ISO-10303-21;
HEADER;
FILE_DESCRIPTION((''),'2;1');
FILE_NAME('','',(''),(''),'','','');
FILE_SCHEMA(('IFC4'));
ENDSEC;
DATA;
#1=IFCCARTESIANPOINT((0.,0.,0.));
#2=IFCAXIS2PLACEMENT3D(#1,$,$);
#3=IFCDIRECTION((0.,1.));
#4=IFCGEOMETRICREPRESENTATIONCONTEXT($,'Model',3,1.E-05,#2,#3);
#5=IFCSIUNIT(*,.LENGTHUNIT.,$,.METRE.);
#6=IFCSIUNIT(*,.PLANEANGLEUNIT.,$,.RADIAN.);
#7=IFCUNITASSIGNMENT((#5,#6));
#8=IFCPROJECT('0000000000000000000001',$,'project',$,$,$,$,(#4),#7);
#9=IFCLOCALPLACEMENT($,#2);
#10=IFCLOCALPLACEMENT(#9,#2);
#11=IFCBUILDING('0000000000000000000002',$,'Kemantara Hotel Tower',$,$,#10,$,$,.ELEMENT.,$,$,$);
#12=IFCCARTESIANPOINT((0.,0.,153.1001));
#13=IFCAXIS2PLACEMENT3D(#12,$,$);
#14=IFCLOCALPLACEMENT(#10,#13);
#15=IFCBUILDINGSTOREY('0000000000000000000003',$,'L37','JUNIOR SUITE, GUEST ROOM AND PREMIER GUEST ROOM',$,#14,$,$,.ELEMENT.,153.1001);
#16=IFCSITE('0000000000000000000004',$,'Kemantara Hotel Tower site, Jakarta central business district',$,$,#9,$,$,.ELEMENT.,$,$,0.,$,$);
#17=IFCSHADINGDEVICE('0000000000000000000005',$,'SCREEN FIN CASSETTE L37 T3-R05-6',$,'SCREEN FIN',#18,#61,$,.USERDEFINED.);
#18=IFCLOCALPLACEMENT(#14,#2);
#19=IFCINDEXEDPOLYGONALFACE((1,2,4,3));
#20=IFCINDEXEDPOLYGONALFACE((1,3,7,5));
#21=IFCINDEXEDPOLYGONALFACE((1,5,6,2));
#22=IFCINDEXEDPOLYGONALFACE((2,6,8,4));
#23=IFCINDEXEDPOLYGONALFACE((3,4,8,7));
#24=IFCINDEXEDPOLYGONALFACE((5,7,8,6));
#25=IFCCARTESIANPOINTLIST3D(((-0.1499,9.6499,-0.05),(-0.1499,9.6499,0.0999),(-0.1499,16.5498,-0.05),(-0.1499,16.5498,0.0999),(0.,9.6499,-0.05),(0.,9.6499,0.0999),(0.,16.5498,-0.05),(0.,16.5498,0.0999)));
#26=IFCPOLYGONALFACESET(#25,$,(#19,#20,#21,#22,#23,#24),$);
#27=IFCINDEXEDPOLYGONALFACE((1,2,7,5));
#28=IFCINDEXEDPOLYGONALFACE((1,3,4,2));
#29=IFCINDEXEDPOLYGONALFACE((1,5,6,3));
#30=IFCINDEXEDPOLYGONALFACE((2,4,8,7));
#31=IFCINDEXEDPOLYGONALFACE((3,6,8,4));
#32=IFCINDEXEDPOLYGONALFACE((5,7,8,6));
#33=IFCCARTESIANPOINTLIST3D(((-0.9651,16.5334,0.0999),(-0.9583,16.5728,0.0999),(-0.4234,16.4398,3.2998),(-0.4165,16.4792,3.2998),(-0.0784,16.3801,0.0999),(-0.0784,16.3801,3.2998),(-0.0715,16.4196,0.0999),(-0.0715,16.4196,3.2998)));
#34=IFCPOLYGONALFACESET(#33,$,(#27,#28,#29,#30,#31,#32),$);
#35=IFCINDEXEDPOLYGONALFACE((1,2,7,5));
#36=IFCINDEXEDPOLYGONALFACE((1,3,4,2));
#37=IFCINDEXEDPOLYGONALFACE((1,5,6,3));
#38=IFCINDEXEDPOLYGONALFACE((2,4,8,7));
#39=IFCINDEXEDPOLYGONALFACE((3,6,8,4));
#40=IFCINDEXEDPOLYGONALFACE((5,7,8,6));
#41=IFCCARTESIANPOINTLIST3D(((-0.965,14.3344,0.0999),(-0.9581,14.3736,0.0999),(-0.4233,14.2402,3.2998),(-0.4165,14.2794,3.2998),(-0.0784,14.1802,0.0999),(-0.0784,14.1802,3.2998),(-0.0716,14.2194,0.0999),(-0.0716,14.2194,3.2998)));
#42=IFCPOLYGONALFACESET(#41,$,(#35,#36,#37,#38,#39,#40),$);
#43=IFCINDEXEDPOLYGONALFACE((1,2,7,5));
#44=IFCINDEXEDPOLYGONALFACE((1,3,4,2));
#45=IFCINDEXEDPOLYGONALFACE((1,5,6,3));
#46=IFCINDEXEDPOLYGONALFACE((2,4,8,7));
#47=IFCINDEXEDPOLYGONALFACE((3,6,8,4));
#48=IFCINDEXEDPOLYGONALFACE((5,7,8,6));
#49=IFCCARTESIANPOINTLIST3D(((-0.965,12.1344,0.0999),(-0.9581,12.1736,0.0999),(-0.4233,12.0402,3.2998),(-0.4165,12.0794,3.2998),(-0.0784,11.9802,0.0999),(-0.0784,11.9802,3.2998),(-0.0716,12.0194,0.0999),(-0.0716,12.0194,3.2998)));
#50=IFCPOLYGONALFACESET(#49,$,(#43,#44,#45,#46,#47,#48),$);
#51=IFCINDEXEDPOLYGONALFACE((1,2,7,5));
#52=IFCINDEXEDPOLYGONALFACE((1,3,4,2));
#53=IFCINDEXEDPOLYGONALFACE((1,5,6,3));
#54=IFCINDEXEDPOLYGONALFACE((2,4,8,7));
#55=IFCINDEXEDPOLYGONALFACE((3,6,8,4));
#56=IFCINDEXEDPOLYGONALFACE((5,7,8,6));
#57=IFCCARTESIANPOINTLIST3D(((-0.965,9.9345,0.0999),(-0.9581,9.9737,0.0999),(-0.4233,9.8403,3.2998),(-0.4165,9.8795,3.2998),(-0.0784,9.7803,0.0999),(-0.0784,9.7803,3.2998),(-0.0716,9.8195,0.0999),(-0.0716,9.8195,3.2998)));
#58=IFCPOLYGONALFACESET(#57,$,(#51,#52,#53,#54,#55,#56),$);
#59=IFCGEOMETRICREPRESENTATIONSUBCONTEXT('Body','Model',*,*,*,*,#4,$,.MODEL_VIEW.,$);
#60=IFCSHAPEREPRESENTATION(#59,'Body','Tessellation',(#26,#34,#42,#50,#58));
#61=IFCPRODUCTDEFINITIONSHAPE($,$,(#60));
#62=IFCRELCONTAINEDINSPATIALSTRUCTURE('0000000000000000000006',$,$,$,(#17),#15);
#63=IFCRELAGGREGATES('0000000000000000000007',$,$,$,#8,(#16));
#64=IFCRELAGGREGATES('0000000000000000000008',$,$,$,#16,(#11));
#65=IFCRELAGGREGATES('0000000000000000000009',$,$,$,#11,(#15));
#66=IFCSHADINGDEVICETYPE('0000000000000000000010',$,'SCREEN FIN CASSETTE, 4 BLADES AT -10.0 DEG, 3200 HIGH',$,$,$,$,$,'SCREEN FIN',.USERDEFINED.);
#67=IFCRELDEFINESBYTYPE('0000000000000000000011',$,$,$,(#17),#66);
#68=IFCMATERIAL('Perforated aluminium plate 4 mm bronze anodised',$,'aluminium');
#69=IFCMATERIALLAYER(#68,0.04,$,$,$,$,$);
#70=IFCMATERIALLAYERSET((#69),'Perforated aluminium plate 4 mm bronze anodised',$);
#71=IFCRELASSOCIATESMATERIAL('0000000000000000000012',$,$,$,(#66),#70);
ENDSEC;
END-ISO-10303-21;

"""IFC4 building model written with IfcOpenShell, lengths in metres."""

from ifc_helpers import new_model, si_unit, direction, frame, origin, origin_2d, place, context, subcontext, project, spatial, polyline, rectangle, outline, extrude, source, transform, mapped, material, layer, layer_set, type_object, element, save


model = new_model("IFC4")

# Units and contexts
model_context = context("Model", 3, precision=1e-05, world=origin(), true_north=direction((0.0, 1.0)))
body_context = subcontext(model_context, "Body", "Model", "MODEL_VIEW")
ifc_project = project(units=[si_unit("LENGTHUNIT", "METRE"), si_unit("PLANEANGLEUNIT", "RADIAN")], contexts=[model_context])

# Site, building, storey
site_placement = place(None, origin())
site = spatial("IfcSite", under=ifc_project, at=site_placement, Name="Kemantara Hotel Tower site, Jakarta central business district", CompositionType="ELEMENT", RefElevation=0.0)
building_placement = place(site_placement, origin())
building = spatial("IfcBuilding", under=site, at=building_placement, Name="Kemantara Hotel Tower", CompositionType="ELEMENT")
storey_placement = place(building_placement, frame((0.0, 0.0, 153.1001)))
storey = spatial("IfcBuildingStorey", under=building, at=storey_placement, Name="L37", Description="JUNIOR SUITE, GUEST ROOM AND PREMIER GUEST ROOM", CompositionType="ELEMENT", Elevation=153.1001)

# Shading device
ifc_material_1 = material(Name="Perforated aluminium plate 4 mm bronze anodised", Category="aluminium")
ifc_layer_1 = layer(ifc_material_1, 0.04)
ifc_layer_set_1 = layer_set([ifc_layer_1], Name="Perforated aluminium plate 4 mm bronze anodised")
shading_device_type = type_object("IfcShadingDeviceType", Name="SCREEN FIN CASSETTE, 4 BLADES AT -10.0 DEG, 3200 HIGH", ElementType="SCREEN FIN", PredefinedType="USERDEFINED", material=ifc_layer_set_1)
shared_shape = source(origin(), body_context, "Body", "SweptSolid", [
    extrude(rectangle(XDim=6.8999, YDim=0.1499, at=origin_2d()), frame((3.3, -0.075, -0.1499), z_axis=(0.0, 0.0, 1.0), x_axis=(1.0, 0.0, 0.0)), (0.0, 0.0, 1.0), 0.1499),
    extrude(outline(polyline([(0.0, 0.0), (0.8999, 0.0), (0.3501, 3.2), (0.0, 3.2), (0.0, 0.0)])), frame((0.0198, -0.0784, 0.0), z_axis=(-0.98539, 0.170314, 0.0), x_axis=(-0.170314, -0.98539, 0.0)), (0.0, 0.0, 1.0), 0.04),
    extrude(outline(polyline([(0.0, 0.0), (0.8999, 0.0), (0.3501, 3.2), (0.0, 3.2), (0.0, 0.0)])), frame((2.2197, -0.0784, 0.0), z_axis=(-0.985212, 0.171341, 0.0), x_axis=(-0.171341, -0.985212, 0.0)), (0.0, 0.0, 1.0), 0.0398),
    extrude(outline(polyline([(0.0, 0.0), (0.8999, 0.0), (0.3501, 3.2), (0.0, 3.2), (0.0, 0.0)])), frame((4.4197, -0.0784, 0.0), z_axis=(-0.985212, 0.171341, 0.0), x_axis=(-0.171341, -0.985212, 0.0)), (0.0, 0.0, 1.0), 0.0398),
    extrude(outline(polyline([(0.0, 0.0), (0.8999, 0.0), (0.3501, 3.2), (0.0, 3.2), (0.0, 0.0)])), frame((6.6196, -0.0784, 0.0), z_axis=(-0.985212, 0.171341, 0.0), x_axis=(-0.171341, -0.985212, 0.0)), (0.0, 0.0, 1.0), 0.0398),
])
shading_device_placement = place(storey_placement, frame((0.0, 16.3999, 0.0999), z_axis=(0.0, 0.0, 1.0), x_axis=(0.0, -1.0, 0.0)))
element("IfcShadingDevice", 1, at=shading_device_placement, inside=storey, type_object=shading_device_type, Name="SCREEN FIN CASSETTE L37 T3-R05-6", ObjectType="SCREEN FIN", PredefinedType="USERDEFINED", context=body_context, shape_type="MappedRepresentation", body=[
    mapped(shared_shape, transform((0.0, 0.0, 0.0))),
])

save(model, "model.ifc")
